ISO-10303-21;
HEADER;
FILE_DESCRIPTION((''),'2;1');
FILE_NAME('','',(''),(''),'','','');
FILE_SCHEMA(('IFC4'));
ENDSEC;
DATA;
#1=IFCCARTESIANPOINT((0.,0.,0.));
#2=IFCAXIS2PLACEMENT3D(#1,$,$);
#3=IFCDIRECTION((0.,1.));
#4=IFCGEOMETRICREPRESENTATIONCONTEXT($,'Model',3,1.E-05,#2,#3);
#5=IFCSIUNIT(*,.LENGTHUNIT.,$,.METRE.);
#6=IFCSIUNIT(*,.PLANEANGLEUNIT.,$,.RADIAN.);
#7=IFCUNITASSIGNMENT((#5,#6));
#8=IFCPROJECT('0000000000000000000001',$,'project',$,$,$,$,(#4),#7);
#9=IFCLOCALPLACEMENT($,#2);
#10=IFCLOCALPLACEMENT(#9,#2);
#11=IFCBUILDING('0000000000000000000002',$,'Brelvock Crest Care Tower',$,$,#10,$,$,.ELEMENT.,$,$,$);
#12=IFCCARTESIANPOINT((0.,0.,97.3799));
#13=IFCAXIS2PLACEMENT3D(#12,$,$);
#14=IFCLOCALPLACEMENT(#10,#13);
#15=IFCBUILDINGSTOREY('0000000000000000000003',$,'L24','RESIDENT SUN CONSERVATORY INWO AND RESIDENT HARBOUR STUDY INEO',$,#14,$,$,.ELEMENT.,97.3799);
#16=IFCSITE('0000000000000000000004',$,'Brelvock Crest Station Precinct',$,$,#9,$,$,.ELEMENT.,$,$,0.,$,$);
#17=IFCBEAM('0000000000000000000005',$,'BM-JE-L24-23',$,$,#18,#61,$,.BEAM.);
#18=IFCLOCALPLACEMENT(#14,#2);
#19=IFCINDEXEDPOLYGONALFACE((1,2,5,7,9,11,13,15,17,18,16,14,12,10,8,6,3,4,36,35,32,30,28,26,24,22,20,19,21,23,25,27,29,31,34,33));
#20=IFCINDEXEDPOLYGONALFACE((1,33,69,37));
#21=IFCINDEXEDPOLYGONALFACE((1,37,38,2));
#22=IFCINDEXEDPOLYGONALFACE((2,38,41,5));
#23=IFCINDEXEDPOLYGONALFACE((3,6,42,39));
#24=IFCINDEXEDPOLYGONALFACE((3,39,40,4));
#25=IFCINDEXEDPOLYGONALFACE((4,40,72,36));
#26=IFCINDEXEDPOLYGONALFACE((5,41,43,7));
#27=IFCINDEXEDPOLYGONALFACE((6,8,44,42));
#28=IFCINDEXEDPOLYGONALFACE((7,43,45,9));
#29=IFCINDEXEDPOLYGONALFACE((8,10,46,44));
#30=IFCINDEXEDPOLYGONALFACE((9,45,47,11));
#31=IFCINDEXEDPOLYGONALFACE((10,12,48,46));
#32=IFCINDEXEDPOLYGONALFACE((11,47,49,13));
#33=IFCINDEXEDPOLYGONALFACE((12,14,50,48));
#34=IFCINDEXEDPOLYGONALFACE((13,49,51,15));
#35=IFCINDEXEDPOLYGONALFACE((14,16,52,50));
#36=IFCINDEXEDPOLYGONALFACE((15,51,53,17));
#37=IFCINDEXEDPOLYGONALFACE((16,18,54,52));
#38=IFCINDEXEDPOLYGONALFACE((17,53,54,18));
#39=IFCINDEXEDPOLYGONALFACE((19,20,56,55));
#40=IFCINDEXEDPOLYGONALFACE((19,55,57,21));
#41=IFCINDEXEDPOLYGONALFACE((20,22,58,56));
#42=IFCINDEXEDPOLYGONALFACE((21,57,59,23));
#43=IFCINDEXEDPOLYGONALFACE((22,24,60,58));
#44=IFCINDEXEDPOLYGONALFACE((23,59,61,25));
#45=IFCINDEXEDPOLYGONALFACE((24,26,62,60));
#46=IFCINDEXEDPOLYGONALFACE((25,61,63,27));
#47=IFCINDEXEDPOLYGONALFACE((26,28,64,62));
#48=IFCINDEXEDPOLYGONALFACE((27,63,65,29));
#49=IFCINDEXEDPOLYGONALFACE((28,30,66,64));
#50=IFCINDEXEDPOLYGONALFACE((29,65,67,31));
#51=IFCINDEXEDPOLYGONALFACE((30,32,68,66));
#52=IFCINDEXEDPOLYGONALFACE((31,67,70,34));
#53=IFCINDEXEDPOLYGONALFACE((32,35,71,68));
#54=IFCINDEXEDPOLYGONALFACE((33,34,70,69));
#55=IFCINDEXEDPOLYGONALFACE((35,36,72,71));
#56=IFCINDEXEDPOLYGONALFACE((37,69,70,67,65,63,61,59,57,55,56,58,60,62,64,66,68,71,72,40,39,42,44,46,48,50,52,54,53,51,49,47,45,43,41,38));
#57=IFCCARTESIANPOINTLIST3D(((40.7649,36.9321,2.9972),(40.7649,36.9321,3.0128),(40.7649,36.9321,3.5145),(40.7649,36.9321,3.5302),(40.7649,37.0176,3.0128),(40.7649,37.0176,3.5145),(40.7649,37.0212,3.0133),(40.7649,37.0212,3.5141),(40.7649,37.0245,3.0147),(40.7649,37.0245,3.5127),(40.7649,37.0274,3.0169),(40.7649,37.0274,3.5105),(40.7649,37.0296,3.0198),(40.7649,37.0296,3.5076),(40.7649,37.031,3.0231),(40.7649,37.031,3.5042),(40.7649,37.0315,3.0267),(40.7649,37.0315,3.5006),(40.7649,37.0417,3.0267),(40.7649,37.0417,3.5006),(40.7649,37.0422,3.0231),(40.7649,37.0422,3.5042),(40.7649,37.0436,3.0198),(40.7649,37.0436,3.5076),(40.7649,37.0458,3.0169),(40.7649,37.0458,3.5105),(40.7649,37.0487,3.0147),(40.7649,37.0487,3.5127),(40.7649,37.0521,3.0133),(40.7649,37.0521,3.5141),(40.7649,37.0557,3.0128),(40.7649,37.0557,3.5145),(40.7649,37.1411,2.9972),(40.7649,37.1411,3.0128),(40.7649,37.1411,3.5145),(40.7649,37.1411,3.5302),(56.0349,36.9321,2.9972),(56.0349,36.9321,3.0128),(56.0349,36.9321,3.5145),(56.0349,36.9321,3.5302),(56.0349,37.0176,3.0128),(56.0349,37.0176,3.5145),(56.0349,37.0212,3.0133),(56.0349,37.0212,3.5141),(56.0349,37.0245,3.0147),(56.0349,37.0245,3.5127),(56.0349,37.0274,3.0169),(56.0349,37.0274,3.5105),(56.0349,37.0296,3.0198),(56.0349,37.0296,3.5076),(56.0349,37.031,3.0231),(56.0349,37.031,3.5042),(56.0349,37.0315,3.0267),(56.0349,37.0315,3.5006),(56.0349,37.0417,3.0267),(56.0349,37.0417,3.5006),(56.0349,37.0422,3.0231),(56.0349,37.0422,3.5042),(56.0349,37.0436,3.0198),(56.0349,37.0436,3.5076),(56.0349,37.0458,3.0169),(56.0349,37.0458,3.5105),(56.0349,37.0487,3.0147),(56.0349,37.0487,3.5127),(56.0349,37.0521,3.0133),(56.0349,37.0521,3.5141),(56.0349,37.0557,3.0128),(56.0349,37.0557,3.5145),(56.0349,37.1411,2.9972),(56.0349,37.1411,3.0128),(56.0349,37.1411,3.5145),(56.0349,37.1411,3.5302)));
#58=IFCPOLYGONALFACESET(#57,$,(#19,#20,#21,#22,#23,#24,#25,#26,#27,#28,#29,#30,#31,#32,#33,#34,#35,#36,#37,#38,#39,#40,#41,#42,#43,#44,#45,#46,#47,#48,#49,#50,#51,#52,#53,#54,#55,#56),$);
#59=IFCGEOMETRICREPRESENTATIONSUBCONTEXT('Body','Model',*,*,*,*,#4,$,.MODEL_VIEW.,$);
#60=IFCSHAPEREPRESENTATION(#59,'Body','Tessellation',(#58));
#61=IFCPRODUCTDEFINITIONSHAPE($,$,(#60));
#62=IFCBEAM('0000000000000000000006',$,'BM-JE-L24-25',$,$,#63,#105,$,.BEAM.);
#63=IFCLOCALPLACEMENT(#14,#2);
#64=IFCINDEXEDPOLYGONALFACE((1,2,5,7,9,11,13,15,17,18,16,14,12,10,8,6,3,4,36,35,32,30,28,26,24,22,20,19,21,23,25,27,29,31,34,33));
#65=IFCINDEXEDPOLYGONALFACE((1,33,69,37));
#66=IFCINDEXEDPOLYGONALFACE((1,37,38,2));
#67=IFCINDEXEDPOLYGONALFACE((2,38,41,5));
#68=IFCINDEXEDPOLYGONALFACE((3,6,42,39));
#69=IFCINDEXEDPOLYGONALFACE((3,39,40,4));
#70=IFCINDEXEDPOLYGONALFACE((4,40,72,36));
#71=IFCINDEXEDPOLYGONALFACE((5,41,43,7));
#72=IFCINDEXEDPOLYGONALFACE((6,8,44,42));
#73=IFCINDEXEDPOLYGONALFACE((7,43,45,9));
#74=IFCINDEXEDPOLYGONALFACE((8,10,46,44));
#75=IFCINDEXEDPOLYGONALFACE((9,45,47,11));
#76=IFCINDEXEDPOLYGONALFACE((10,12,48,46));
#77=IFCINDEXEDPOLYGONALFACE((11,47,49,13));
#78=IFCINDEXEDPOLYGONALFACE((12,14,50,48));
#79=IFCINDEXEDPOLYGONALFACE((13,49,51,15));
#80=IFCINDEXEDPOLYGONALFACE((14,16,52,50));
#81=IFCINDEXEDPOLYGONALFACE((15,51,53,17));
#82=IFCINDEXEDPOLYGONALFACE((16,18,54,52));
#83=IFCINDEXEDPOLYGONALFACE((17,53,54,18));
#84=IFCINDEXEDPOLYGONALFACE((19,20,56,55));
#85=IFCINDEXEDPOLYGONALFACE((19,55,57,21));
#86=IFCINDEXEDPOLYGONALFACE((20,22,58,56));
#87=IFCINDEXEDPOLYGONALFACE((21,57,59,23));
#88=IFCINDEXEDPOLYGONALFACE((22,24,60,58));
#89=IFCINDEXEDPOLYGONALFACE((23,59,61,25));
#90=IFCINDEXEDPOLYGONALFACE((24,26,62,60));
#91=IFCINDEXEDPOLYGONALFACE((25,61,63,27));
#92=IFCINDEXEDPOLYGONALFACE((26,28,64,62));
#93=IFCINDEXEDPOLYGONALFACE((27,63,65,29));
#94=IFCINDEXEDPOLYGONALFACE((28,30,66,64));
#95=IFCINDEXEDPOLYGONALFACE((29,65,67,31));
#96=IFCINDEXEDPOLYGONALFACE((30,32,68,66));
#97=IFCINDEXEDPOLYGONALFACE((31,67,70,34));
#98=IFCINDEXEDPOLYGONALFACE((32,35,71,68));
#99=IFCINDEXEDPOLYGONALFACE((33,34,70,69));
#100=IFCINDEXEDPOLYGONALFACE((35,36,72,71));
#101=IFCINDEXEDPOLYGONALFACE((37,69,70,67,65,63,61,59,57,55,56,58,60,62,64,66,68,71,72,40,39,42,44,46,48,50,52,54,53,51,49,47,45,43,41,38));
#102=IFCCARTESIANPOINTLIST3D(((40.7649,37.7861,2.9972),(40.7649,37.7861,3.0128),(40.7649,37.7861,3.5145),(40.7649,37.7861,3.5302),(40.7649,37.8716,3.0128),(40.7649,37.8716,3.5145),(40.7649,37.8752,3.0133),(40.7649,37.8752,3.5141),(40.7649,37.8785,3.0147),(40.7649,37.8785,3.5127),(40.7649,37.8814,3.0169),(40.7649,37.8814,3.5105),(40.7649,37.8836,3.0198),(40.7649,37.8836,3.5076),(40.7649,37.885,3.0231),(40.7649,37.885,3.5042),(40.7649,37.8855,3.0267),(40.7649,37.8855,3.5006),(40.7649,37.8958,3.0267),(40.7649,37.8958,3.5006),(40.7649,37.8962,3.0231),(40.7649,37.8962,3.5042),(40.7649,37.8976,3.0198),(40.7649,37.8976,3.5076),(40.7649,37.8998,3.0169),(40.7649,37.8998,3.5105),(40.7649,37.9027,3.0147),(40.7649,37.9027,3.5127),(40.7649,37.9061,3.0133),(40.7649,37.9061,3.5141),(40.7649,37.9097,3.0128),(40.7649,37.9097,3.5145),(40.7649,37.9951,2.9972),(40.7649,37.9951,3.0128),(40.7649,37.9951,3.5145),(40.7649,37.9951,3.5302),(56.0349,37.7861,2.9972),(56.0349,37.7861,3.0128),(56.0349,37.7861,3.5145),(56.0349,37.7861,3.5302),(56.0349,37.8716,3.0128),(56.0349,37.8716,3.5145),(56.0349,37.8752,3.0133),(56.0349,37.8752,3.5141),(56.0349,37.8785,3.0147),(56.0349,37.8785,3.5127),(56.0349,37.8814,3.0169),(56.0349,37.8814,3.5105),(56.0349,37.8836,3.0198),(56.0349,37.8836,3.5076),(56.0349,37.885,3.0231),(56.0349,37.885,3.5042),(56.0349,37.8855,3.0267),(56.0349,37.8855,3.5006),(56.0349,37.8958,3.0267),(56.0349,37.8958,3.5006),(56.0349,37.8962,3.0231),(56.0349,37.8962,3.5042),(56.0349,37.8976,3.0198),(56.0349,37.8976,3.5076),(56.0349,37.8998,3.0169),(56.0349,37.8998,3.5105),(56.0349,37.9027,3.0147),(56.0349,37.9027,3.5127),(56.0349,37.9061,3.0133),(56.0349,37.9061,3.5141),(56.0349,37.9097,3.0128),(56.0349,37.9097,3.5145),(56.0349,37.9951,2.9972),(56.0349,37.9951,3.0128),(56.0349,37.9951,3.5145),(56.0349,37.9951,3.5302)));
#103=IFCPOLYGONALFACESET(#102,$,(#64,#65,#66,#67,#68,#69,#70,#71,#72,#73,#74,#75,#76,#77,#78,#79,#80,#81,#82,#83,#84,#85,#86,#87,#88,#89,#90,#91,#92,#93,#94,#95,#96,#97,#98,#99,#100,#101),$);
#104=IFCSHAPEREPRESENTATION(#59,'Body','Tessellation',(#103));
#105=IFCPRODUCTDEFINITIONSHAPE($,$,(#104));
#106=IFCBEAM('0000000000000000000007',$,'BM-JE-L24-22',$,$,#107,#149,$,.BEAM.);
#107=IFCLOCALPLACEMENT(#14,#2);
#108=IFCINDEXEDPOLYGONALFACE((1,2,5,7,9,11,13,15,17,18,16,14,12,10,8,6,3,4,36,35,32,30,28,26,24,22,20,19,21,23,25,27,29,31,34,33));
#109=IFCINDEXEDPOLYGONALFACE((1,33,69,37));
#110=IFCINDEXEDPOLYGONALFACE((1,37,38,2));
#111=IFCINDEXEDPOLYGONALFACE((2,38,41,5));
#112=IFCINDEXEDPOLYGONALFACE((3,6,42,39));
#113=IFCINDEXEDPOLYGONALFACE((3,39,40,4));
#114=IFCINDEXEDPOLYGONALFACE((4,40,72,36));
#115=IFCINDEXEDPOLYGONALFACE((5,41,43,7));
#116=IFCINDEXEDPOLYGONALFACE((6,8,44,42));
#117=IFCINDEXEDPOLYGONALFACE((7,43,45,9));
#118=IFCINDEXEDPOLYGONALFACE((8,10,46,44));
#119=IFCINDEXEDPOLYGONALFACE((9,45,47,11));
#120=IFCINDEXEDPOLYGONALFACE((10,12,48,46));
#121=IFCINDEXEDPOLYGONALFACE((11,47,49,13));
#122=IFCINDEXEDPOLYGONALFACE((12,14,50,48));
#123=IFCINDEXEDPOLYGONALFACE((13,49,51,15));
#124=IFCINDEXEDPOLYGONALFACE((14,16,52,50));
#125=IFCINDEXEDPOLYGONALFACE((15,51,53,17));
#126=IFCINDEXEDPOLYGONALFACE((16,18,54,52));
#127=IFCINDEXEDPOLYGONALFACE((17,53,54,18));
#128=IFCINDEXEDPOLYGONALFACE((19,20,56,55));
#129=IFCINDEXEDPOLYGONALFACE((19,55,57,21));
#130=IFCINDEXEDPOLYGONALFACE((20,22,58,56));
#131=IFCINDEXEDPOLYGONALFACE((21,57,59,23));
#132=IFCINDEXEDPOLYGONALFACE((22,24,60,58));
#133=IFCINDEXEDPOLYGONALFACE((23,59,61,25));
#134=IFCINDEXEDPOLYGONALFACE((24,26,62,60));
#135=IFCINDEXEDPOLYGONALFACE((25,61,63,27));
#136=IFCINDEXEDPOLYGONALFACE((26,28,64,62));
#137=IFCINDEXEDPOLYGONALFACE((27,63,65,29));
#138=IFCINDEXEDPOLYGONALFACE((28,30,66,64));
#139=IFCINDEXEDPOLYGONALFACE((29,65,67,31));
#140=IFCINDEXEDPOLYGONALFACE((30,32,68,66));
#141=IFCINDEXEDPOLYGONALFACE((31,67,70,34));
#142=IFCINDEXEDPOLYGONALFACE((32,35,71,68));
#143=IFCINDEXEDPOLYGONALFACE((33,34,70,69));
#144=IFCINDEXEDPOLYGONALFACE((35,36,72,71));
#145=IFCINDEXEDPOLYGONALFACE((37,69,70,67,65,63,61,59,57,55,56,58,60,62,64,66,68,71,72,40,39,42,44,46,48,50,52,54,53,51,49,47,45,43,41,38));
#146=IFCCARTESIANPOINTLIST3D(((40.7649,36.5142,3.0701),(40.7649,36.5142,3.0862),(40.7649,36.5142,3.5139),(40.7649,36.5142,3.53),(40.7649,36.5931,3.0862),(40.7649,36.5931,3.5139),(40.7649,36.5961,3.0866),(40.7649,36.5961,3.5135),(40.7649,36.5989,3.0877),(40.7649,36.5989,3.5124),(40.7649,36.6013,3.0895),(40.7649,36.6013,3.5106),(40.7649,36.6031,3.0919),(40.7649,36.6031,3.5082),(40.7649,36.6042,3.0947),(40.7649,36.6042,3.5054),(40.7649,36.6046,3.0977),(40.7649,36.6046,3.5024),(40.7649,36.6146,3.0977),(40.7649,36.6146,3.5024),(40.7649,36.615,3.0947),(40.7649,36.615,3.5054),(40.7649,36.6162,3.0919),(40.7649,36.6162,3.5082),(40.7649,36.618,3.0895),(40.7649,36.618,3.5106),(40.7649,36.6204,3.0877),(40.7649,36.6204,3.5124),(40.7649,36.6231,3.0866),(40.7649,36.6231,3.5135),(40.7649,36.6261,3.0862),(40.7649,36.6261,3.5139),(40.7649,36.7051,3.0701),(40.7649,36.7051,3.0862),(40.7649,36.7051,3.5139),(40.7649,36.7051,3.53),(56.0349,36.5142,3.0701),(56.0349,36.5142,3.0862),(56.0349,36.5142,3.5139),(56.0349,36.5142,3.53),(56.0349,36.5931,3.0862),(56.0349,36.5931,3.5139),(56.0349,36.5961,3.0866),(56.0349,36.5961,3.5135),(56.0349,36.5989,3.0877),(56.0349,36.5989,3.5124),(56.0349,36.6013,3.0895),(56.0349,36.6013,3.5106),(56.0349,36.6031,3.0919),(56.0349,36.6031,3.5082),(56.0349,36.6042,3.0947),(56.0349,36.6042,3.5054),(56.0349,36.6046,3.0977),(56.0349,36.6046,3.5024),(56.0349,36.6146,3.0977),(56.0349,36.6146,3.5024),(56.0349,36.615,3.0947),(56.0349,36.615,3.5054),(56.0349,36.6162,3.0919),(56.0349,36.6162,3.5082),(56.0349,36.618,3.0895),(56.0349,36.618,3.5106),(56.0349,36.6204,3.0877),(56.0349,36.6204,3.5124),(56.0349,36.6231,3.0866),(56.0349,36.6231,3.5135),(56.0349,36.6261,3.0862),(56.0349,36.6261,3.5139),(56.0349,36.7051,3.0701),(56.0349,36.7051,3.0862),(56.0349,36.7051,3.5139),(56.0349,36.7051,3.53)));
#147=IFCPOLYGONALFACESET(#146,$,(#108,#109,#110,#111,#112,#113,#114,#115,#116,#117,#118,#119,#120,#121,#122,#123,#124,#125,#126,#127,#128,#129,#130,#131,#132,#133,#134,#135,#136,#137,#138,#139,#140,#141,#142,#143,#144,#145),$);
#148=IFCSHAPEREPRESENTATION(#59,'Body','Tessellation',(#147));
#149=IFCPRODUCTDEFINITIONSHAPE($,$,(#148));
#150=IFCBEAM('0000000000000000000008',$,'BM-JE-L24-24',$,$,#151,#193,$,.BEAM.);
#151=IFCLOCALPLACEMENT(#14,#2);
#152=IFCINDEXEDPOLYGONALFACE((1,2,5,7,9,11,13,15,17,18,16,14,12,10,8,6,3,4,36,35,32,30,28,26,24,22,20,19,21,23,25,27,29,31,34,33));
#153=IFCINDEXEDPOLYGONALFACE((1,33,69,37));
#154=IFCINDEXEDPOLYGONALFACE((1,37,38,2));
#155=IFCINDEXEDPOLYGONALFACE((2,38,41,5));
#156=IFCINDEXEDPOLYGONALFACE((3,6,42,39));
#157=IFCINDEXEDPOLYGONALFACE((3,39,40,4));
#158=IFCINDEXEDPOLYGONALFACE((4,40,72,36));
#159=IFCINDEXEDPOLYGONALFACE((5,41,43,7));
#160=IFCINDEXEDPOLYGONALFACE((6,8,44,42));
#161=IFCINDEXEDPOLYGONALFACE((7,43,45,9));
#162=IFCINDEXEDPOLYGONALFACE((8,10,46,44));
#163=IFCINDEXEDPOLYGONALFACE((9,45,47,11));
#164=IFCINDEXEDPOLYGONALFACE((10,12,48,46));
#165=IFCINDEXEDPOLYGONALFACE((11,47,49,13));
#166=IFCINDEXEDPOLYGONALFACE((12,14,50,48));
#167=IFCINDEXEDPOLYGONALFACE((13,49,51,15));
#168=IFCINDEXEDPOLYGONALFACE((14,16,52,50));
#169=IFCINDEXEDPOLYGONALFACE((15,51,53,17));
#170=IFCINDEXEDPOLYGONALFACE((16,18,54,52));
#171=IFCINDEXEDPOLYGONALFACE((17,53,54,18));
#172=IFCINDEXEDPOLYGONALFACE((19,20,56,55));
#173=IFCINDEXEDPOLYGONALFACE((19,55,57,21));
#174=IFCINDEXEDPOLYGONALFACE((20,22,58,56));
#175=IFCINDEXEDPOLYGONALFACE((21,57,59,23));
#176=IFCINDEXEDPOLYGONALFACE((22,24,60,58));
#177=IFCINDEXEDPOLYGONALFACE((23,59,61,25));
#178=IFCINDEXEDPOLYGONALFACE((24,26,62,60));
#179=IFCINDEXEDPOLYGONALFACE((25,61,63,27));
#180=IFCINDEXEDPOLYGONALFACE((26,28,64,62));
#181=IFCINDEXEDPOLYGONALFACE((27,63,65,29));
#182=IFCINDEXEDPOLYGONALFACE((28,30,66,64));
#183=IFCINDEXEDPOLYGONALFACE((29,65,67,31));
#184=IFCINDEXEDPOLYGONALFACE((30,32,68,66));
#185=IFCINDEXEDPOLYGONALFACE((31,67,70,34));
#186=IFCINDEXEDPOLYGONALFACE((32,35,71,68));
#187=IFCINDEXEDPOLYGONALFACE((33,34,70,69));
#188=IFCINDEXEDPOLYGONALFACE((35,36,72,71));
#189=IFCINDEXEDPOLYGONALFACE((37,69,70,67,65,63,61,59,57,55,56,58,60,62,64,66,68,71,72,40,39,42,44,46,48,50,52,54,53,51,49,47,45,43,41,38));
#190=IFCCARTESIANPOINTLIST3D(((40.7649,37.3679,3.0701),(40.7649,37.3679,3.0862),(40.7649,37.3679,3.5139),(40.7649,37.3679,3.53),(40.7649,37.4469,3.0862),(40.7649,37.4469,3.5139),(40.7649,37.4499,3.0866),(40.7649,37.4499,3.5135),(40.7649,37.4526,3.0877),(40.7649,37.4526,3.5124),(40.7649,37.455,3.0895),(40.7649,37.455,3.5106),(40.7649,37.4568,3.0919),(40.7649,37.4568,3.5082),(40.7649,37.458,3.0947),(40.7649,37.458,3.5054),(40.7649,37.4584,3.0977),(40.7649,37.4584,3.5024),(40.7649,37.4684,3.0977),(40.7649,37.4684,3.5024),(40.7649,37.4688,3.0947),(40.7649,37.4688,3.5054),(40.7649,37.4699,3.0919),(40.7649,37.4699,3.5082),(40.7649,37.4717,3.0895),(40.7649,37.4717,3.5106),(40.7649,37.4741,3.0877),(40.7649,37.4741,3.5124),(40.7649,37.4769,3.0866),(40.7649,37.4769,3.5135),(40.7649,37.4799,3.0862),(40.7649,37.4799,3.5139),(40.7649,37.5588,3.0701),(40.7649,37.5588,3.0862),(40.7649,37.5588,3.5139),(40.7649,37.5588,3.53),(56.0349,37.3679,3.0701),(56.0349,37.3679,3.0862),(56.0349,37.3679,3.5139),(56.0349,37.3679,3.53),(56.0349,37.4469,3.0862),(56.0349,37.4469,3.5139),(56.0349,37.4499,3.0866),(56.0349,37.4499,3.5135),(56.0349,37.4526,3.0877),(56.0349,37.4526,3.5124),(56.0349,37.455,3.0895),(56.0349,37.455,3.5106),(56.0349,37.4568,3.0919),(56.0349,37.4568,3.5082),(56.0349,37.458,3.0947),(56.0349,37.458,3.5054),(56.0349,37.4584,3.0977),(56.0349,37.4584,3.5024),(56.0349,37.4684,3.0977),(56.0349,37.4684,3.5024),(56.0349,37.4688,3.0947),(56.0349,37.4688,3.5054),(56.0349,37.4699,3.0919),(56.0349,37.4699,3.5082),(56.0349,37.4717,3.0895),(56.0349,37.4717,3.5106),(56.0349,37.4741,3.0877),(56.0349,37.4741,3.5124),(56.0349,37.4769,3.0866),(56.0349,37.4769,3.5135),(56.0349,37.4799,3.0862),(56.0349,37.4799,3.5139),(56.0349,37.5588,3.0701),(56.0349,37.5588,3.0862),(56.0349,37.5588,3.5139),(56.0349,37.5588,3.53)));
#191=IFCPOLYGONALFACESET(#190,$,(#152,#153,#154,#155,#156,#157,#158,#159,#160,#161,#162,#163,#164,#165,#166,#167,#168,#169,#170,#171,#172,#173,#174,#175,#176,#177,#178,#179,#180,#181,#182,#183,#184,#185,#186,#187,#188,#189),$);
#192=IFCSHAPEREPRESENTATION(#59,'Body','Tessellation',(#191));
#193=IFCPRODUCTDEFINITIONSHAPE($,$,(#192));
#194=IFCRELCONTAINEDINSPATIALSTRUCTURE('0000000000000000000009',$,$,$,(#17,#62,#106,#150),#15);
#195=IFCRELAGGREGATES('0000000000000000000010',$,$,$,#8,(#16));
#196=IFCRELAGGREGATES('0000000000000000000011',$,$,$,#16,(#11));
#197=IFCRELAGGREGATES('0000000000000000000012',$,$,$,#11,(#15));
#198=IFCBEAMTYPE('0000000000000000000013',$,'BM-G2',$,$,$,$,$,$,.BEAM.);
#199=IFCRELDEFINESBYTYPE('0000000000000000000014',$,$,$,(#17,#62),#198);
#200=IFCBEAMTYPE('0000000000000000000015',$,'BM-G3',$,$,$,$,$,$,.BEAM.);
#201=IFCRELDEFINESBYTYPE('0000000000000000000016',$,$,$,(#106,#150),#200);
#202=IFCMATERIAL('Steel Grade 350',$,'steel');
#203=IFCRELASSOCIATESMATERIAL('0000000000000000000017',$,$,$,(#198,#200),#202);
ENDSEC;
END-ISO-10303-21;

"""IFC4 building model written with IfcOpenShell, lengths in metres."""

from ifc_helpers import new_model, si_unit, direction, frame, origin, origin_2d, place, context, subcontext, project, spatial, i_section, extrude, source, transform, mapped, material, material_profile, profile_set, type_object, element, save


model = new_model("IFC4")

# Units and contexts
model_context = context("Model", 3, precision=1e-05, world=origin(), true_north=direction((0.0, 1.0)))
body_context = subcontext(model_context, "Body", "Model", "MODEL_VIEW")
ifc_project = project(units=[si_unit("LENGTHUNIT", "METRE"), si_unit("PLANEANGLEUNIT", "RADIAN")], contexts=[model_context])

# Site, building, storey
site_placement = place(None, origin())
site = spatial("IfcSite", under=ifc_project, at=site_placement, Name="Brelvock Crest Station Precinct", CompositionType="ELEMENT", RefElevation=0.0)
building_placement = place(site_placement, origin())
building = spatial("IfcBuilding", under=site, at=building_placement, Name="Brelvock Crest Care Tower", CompositionType="ELEMENT")
storey_placement = place(building_placement, frame((0.0, 0.0, 97.3799)))
storey = spatial("IfcBuildingStorey", under=building, at=storey_placement, Name="L24", Description="RESIDENT SUN CONSERVATORY INWO AND RESIDENT HARBOUR STUDY INEO", CompositionType="ELEMENT", Elevation=97.3799)

# Beams
ifc_material_1 = material(Name="Steel Grade 350", Category="steel")
ifc_material_profile_1 = material_profile(ifc_material_1, i_section(OverallWidth=0.209, OverallDepth=0.533, WebThickness=0.0103, FlangeThickness=0.0156, FilletRadius=0.0139, at=origin_2d()), Name="530UB92.4")
ifc_profile_set_1 = profile_set([ifc_material_profile_1], Name="Steel Grade 350")
beam_type_1 = type_object("IfcBeamType", Name="BM-G2", PredefinedType="BEAM", material=ifc_profile_set_1)
shared_shape_1 = source(origin(), body_context, "Body", "SweptSolid", [
    extrude(i_section(OverallWidth=0.209, OverallDepth=0.533, WebThickness=0.0103, FlangeThickness=0.0156, FilletRadius=0.0139, at=origin_2d()), origin(), (0.0, 0.0, 1.0), 15.27),
])
for number, where, z_axis, x_axis, name in (
    (1, (40.7649, 37.0366, 3.2637), (1.0, 0.0, 0.0), (0.0, 1.0, 0.0), "BM-JE-L24-23"),
    (2, (40.7649, 37.8906, 3.2637), (1.0, 0.0, 0.0), (0.0, 1.0, 0.0), "BM-JE-L24-25"),
):
    element("IfcBeam", number, at=place(storey_placement, frame(where, z_axis=z_axis, x_axis=x_axis)), inside=storey, type_object=beam_type_1, Name=name, PredefinedType="BEAM", context=body_context, shape_type="MappedRepresentation", body=[
        mapped(shared_shape_1, transform((0.0, 0.0, 0.0), x_axis=(1.0, 0.0, 0.0), y_axis=(0.0, 1.0, 0.0), z_axis=(0.0, 0.0, 1.0), scale=1.0)),
    ])
ifc_material_profile_2 = material_profile(ifc_material_1, i_section(OverallWidth=0.1909, OverallDepth=0.46, WebThickness=0.01, FlangeThickness=0.0161, FilletRadius=0.0115, at=origin_2d()), Name="460UB82.1")
ifc_profile_set_2 = profile_set([ifc_material_profile_2], Name="Steel Grade 350")
beam_type_2 = type_object("IfcBeamType", Name="BM-G3", PredefinedType="BEAM", material=ifc_profile_set_2)
shared_shape_2 = source(origin(), body_context, "Body", "SweptSolid", [
    extrude(i_section(OverallWidth=0.1909, OverallDepth=0.46, WebThickness=0.01, FlangeThickness=0.0161, FilletRadius=0.0115, at=origin_2d()), origin(), (0.0, 0.0, 1.0), 15.27),
])
for number, where, z_axis, x_axis, name in (
    (3, (40.7649, 36.6096, 3.3), (1.0, 0.0, 0.0), (0.0, 1.0, 0.0), "BM-JE-L24-22"),
    (4, (40.7649, 37.4634, 3.3), (1.0, 0.0, 0.0), (0.0, 1.0, 0.0), "BM-JE-L24-24"),
):
    element("IfcBeam", number, at=place(storey_placement, frame(where, z_axis=z_axis, x_axis=x_axis)), inside=storey, type_object=beam_type_2, Name=name, PredefinedType="BEAM", context=body_context, shape_type="MappedRepresentation", body=[
        mapped(shared_shape_2, transform((0.0, 0.0, 0.0), x_axis=(1.0, 0.0, 0.0), y_axis=(0.0, 1.0, 0.0), z_axis=(0.0, 0.0, 1.0), scale=1.0)),
    ])

save(model, "model.ifc")
